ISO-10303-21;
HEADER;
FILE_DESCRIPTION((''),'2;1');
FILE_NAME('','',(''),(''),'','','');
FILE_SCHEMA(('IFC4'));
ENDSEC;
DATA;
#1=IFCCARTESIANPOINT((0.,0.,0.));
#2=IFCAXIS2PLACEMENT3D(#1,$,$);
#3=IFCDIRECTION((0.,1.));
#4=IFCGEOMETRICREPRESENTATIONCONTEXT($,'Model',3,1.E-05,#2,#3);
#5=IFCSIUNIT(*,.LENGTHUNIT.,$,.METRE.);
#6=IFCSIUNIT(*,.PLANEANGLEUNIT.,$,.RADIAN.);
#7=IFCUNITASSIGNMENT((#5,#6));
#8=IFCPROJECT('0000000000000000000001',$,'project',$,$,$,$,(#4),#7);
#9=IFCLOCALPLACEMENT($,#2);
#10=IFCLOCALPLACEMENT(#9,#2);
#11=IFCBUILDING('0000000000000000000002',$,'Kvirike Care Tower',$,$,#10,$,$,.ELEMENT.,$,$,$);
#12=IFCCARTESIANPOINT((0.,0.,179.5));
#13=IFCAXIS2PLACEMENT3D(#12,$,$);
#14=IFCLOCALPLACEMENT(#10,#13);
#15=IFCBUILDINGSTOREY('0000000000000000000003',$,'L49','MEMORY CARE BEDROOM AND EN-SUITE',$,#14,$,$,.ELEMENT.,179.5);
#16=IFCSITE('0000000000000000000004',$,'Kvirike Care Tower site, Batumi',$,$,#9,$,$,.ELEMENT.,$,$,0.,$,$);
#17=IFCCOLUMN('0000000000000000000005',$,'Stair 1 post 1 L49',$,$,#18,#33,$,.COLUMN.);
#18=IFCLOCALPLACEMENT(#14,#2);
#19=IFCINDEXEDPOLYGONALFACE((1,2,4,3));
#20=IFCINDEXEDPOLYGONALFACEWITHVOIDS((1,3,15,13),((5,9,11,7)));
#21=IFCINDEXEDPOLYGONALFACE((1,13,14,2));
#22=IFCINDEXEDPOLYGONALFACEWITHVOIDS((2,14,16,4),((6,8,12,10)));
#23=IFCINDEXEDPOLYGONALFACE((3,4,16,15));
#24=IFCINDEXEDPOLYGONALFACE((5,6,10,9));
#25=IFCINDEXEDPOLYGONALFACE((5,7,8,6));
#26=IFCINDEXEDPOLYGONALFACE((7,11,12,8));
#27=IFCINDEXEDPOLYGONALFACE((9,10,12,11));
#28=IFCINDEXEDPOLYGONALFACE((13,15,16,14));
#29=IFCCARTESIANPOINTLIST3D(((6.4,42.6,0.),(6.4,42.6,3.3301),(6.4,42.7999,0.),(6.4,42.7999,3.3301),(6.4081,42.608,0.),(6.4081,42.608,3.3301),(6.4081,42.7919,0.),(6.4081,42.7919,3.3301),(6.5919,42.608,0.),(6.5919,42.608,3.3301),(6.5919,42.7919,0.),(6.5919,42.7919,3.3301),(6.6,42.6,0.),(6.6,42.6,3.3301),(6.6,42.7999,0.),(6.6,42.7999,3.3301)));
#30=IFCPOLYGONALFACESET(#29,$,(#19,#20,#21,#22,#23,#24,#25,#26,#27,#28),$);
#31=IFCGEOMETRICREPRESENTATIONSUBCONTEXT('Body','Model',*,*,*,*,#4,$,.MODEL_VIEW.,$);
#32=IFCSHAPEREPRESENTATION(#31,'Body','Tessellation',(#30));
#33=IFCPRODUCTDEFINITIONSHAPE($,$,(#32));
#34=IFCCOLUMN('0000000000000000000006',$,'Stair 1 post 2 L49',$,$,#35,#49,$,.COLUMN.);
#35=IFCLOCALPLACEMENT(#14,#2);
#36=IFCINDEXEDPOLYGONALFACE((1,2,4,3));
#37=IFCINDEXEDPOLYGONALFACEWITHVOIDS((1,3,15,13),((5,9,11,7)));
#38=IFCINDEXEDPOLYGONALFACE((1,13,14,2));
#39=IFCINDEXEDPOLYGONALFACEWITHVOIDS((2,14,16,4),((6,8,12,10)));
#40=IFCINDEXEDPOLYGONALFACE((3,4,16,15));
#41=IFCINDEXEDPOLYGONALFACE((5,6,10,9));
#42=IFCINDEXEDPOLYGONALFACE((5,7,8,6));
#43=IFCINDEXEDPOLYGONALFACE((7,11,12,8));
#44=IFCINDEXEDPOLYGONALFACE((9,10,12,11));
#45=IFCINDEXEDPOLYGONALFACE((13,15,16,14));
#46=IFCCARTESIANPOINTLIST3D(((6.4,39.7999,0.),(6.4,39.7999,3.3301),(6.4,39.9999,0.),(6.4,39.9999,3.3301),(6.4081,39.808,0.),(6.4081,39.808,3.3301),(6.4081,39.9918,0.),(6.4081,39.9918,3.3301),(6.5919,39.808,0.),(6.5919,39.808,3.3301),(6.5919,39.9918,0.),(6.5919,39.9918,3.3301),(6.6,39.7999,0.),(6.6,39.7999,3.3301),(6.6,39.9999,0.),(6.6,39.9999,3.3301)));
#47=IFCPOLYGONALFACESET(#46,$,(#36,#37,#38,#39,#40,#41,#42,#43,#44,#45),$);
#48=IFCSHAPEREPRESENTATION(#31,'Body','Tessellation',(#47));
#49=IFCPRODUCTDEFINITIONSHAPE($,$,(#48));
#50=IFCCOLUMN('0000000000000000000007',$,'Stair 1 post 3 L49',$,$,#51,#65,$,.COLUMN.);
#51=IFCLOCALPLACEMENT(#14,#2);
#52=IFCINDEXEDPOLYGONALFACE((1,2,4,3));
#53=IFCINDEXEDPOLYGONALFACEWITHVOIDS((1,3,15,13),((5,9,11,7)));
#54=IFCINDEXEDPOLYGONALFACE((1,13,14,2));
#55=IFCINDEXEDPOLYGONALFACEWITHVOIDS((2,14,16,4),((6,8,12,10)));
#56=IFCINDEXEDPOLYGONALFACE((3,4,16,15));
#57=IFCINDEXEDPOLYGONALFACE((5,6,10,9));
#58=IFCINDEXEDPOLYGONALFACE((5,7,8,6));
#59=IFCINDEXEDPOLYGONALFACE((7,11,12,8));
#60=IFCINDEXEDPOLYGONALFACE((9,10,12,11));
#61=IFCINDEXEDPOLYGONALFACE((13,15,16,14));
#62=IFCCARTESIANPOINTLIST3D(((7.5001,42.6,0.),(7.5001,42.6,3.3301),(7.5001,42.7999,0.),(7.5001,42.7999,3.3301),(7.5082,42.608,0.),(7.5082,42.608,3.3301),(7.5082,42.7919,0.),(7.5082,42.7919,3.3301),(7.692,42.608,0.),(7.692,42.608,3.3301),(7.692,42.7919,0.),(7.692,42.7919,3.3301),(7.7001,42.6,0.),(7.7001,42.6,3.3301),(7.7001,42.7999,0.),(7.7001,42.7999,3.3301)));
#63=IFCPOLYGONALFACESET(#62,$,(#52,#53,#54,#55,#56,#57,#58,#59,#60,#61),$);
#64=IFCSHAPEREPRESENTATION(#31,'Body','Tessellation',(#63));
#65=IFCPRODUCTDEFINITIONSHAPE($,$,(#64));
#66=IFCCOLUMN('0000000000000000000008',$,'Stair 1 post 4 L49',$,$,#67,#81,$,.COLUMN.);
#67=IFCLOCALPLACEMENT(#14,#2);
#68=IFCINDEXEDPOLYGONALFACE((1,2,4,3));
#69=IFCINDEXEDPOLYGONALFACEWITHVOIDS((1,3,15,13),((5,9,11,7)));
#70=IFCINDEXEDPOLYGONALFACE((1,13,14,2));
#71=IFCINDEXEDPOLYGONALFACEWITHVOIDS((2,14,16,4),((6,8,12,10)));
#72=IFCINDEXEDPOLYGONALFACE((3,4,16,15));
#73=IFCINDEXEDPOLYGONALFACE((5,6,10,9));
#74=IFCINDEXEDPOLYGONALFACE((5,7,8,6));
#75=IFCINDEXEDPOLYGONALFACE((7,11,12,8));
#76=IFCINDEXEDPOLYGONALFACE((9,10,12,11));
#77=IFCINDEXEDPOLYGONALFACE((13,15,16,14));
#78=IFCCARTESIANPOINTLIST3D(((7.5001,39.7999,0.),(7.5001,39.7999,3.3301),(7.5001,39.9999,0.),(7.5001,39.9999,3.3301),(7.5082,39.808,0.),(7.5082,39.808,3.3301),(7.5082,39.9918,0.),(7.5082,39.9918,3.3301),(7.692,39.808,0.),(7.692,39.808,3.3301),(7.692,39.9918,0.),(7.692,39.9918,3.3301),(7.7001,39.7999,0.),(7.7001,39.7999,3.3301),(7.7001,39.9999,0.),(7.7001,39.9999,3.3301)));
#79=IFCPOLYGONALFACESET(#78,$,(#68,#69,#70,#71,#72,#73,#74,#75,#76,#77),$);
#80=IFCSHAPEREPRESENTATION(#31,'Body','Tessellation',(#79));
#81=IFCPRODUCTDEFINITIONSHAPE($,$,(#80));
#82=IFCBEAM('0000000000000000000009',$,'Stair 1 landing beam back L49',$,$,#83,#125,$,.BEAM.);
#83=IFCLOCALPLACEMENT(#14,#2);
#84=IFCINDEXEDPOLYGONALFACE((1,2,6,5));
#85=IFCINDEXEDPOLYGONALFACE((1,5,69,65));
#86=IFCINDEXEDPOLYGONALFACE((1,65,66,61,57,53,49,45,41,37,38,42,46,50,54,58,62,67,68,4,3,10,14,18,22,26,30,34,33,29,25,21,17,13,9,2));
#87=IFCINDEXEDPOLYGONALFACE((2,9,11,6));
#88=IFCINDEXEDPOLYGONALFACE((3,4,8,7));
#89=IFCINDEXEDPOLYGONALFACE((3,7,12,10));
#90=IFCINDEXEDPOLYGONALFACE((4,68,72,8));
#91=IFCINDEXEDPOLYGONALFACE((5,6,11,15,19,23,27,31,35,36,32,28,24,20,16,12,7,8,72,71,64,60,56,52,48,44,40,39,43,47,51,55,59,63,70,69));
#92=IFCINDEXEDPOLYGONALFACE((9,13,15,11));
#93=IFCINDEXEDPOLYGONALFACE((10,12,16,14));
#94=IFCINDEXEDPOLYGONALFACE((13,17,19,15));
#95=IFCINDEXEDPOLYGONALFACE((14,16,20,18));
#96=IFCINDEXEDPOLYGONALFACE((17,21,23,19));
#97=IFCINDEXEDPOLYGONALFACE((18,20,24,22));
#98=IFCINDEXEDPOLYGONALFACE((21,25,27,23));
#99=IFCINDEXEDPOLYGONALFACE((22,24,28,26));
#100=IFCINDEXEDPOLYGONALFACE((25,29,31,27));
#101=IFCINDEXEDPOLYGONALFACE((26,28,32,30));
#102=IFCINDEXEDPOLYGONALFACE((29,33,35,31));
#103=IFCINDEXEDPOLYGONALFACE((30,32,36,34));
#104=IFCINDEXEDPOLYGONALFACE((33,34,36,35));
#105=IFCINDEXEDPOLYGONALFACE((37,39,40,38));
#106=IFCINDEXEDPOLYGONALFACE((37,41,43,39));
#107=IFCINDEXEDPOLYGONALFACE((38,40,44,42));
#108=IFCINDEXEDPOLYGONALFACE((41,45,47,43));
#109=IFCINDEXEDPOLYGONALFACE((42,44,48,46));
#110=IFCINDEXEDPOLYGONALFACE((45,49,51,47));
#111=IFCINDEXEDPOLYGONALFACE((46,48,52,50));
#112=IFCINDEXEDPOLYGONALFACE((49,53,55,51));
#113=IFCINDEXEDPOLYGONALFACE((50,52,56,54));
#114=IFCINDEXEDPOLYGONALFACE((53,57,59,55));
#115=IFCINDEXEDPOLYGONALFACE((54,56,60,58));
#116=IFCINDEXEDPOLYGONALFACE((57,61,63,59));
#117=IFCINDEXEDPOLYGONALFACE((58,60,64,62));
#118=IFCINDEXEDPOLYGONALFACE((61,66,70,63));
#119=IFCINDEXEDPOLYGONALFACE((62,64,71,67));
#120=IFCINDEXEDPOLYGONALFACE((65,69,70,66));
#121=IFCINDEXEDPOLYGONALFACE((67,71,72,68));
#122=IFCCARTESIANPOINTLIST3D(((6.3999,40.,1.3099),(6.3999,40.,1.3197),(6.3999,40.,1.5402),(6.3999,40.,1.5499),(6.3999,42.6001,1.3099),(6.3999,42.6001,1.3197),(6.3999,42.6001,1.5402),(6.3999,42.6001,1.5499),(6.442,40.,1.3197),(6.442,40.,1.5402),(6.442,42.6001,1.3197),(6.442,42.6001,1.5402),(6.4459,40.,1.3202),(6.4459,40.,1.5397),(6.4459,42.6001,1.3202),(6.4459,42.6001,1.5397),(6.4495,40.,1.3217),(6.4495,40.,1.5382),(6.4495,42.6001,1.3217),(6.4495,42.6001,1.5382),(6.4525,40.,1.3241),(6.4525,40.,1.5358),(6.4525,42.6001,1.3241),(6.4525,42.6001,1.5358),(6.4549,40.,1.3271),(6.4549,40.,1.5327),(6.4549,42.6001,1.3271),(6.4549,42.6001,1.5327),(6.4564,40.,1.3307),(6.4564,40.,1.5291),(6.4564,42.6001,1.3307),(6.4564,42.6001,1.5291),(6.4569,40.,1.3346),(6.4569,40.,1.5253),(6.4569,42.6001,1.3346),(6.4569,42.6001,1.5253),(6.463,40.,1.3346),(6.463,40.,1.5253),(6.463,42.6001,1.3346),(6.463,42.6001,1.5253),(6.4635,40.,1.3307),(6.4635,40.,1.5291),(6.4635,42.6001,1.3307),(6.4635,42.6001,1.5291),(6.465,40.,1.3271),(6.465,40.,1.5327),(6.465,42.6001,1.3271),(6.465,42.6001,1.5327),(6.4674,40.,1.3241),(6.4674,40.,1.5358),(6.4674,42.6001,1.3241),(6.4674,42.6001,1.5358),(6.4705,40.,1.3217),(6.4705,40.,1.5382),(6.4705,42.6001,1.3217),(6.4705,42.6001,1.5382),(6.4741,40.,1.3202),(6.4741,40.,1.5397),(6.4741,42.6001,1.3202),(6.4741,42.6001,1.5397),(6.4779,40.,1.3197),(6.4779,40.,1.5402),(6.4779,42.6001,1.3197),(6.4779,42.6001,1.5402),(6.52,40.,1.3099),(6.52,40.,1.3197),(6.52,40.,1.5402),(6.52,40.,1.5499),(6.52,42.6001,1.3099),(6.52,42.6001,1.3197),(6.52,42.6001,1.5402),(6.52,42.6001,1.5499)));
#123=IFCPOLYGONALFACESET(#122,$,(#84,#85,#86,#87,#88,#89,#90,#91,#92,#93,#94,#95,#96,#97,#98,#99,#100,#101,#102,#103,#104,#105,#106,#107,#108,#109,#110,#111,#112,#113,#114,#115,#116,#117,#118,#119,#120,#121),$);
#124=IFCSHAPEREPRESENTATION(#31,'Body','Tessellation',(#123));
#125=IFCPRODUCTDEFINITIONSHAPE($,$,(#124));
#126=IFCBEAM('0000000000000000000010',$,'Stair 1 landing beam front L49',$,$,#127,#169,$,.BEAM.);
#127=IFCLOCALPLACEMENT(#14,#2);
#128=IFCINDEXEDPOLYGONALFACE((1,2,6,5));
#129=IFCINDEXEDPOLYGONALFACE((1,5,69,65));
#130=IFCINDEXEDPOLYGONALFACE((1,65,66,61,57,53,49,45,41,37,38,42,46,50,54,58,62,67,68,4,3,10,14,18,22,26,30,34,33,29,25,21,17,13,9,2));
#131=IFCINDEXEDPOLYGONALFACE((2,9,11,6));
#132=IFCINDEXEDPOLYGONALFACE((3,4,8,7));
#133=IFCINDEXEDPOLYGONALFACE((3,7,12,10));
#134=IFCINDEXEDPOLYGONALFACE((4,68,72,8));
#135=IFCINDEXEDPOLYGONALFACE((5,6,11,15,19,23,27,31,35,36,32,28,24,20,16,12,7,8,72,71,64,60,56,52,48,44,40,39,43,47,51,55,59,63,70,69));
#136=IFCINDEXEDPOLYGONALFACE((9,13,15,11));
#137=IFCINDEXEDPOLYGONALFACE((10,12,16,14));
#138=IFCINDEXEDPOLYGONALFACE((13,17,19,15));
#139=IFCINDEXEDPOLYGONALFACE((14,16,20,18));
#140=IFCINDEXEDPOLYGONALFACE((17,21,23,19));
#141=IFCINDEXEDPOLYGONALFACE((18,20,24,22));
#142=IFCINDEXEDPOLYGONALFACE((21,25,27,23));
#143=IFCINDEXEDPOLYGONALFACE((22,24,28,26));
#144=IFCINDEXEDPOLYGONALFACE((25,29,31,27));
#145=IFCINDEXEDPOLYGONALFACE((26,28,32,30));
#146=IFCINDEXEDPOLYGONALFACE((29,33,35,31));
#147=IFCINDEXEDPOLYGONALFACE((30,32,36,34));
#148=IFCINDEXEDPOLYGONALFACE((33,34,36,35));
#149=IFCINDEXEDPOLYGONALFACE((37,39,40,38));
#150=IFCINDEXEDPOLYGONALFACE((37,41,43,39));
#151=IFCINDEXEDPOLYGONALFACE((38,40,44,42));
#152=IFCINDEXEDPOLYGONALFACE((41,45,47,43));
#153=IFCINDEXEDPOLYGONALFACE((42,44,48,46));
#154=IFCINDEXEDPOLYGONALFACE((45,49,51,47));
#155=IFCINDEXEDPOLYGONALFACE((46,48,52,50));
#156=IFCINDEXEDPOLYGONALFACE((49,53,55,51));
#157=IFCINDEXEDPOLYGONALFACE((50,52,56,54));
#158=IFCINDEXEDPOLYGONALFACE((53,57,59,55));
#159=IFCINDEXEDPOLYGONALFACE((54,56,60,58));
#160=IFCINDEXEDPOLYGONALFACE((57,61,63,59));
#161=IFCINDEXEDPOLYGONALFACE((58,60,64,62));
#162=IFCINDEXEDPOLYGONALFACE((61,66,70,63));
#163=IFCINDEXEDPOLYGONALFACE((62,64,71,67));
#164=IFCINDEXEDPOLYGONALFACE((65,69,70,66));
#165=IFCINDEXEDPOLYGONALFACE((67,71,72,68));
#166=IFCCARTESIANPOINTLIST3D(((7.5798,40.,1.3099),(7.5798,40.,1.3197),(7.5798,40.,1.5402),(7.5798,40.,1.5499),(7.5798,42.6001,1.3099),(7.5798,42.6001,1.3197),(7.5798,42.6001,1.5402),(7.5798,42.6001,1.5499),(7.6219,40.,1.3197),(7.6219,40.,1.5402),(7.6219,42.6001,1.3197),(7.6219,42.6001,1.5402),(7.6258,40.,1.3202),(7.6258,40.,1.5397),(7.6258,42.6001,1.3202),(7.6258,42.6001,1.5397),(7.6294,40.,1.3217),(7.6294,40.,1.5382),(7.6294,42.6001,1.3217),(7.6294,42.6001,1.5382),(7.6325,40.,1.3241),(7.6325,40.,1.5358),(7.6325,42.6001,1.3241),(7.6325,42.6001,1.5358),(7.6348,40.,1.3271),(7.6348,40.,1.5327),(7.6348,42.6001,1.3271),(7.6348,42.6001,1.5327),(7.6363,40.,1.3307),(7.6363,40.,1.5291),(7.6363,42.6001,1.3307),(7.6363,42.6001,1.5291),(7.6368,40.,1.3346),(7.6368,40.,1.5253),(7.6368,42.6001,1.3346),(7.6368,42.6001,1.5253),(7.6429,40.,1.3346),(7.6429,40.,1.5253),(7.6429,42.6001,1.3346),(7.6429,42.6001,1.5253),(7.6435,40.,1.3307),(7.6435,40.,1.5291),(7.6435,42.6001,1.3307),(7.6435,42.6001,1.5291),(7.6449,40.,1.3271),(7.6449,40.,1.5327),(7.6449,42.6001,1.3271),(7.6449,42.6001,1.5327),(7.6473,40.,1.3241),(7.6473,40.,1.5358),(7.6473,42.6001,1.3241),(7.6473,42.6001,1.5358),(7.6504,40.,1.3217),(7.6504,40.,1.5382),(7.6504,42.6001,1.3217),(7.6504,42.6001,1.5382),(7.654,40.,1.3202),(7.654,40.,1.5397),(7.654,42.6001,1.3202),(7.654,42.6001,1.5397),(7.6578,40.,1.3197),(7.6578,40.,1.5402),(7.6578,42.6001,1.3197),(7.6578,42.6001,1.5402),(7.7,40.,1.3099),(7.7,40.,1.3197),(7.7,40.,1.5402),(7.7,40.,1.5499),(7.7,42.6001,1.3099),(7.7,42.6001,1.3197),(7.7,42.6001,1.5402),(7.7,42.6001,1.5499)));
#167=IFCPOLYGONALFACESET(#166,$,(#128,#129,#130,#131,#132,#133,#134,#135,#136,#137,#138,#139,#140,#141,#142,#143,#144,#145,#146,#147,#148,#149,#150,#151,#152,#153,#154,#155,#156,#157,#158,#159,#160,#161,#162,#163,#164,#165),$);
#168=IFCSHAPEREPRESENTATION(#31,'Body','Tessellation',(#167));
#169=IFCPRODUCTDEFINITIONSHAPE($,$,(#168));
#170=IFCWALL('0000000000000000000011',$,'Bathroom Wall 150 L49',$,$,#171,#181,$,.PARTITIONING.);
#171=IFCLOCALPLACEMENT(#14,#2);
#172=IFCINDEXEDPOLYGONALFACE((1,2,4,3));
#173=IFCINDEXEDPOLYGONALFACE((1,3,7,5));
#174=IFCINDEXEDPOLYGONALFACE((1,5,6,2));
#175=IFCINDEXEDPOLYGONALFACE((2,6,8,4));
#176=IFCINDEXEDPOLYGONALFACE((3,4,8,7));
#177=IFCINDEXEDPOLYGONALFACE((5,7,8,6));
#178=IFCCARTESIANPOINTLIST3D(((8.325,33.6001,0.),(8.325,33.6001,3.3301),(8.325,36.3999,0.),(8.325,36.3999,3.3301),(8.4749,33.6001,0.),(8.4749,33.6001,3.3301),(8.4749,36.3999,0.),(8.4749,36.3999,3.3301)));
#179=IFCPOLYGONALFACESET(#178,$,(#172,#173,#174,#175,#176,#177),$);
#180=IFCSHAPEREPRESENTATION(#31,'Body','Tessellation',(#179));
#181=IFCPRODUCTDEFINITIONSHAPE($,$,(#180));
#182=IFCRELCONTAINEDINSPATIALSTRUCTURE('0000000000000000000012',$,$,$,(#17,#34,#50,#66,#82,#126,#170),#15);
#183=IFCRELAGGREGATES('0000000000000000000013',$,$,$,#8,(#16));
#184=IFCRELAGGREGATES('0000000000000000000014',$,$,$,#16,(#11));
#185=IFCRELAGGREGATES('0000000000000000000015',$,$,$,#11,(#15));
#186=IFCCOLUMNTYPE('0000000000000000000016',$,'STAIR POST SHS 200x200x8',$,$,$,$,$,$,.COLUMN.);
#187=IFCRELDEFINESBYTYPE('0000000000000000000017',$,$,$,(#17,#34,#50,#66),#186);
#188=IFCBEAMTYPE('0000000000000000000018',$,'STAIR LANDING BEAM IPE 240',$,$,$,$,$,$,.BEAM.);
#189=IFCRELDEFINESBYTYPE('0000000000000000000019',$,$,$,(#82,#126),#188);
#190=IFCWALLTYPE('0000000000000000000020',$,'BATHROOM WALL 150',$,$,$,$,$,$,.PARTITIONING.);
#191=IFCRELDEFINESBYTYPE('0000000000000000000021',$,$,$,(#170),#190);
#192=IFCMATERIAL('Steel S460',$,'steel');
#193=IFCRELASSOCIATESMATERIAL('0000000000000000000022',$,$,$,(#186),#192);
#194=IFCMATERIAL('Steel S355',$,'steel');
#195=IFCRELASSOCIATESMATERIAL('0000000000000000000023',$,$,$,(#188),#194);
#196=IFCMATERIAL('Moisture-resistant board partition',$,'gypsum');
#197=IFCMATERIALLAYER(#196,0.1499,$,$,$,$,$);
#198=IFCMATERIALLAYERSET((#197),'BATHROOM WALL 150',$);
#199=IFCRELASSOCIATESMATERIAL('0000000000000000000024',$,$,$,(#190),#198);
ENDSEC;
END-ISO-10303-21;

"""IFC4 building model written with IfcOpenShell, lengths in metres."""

from ifc_helpers import new_model, si_unit, direction, frame, frame_2d, origin, origin_2d, place, context, subcontext, project, spatial, rectangle, hollow_rectangle, i_section, extrude, material, layer, layer_set, material_profile, profile_set, type_object, element, save


model = new_model("IFC4")

# Units and contexts
model_context = context("Model", 3, precision=1e-05, world=origin(), true_north=direction((0.0, 1.0)))
body_context = subcontext(model_context, "Body", "Model", "MODEL_VIEW")
ifc_project = project(units=[si_unit("LENGTHUNIT", "METRE"), si_unit("PLANEANGLEUNIT", "RADIAN")], contexts=[model_context])

# Site, building, storey
site_placement = place(None, origin())
site = spatial("IfcSite", under=ifc_project, at=site_placement, Name="Kvirike Care Tower site, Batumi", CompositionType="ELEMENT", RefElevation=0.0)
building_placement = place(site_placement, origin())
building = spatial("IfcBuilding", under=site, at=building_placement, Name="Kvirike Care Tower", CompositionType="ELEMENT")
storey_placement = place(building_placement, frame((0.0, 0.0, 179.5)))
storey = spatial("IfcBuildingStorey", under=building, at=storey_placement, Name="L49", Description="MEMORY CARE BEDROOM AND EN-SUITE", CompositionType="ELEMENT", Elevation=179.5)

# Columns
ifc_material_1 = material(Name="Steel S460", Category="steel")
ifc_material_profile_1 = material_profile(ifc_material_1, hollow_rectangle(XDim=0.2, YDim=0.2, WallThickness=0.0081, at=origin_2d()), Name="SHS 200x200x8")
ifc_profile_set_1 = profile_set([ifc_material_profile_1], Name="Steel S460")
column_type = type_object("IfcColumnType", Name="STAIR POST SHS 200x200x8", PredefinedType="COLUMN", material=ifc_profile_set_1)
for number, where, z_axis, x_axis, name in (
    (1, (6.5, 42.7, 0.0), (0.0, 0.0, 1.0), (1.0, 0.0, 0.0), "Stair 1 post 1 L49"),
    (2, (6.5, 39.8999, 0.0), (0.0, 0.0, 1.0), (1.0, 0.0, 0.0), "Stair 1 post 2 L49"),
    (3, (7.6001, 42.7, 0.0), (0.0, 0.0, 1.0), (1.0, 0.0, 0.0), "Stair 1 post 3 L49"),
    (4, (7.6001, 39.8999, 0.0), (0.0, 0.0, 1.0), (1.0, 0.0, 0.0), "Stair 1 post 4 L49"),
):
    element("IfcColumn", number, at=place(storey_placement, frame(where, z_axis=z_axis, x_axis=x_axis)), inside=storey, type_object=column_type, Name=name, PredefinedType="COLUMN", context=body_context, shape_type="SweptSolid", body=[
        extrude(hollow_rectangle(XDim=0.2, YDim=0.2, WallThickness=0.0081, at=origin_2d()), origin(), (0.0, 0.0, 1.0), 3.3301),
    ])

# Beams
ifc_material_2 = material(Name="Steel S355", Category="steel")
ifc_material_profile_2 = material_profile(ifc_material_2, i_section(OverallWidth=0.1201, OverallDepth=0.24, WebThickness=0.0061, FlangeThickness=0.0098, FilletRadius=0.0149, at=origin_2d()), Name="IPE 240")
ifc_profile_set_2 = profile_set([ifc_material_profile_2], Name="Steel S355")
beam_type = type_object("IfcBeamType", Name="STAIR LANDING BEAM IPE 240", PredefinedType="BEAM", material=ifc_profile_set_2)
for number, where, z_axis, x_axis, name in (
    (5, (6.46, 42.6001, 1.4299), (0.0, -1.0, 0.0), (1.0, 0.0, 0.0), "Stair 1 landing beam back L49"),
    (6, (7.6399, 42.6001, 1.4299), (0.0, -1.0, 0.0), (1.0, 0.0, 0.0), "Stair 1 landing beam front L49"),
):
    element("IfcBeam", number, at=place(storey_placement, frame(where, z_axis=z_axis, x_axis=x_axis)), inside=storey, type_object=beam_type, Name=name, PredefinedType="BEAM", context=body_context, shape_type="SweptSolid", body=[
        extrude(i_section(OverallWidth=0.1201, OverallDepth=0.24, WebThickness=0.0061, FlangeThickness=0.0098, FilletRadius=0.0149, at=origin_2d()), origin(), (0.0, 0.0, 1.0), 2.6001),
    ])

# Wall
ifc_material_3 = material(Name="Moisture-resistant board partition", Category="gypsum")
ifc_layer_1 = layer(ifc_material_3, 0.1499)
ifc_layer_set_1 = layer_set([ifc_layer_1], Name="BATHROOM WALL 150")
wall_type_1 = type_object("IfcWallType", Name="BATHROOM WALL 150", PredefinedType="PARTITIONING", material=ifc_layer_set_1)
wall_1_placement = place(storey_placement, frame((8.3999, 36.3999, 0.0), z_axis=(0.0, 0.0, 1.0), x_axis=(0.0, -1.0, 0.0)))
element("IfcWall", 7, at=wall_1_placement, inside=storey, type_object=wall_type_1, Name="Bathroom Wall 150 L49", PredefinedType="PARTITIONING", context=body_context, shape_type="SweptSolid", body=[
    extrude(rectangle(XDim=2.7998, YDim=0.1499, at=frame_2d((1.3999, 0.0))), origin(), (0.0, 0.0, 1.0), 3.3301),
])

save(model, "model.ifc")
